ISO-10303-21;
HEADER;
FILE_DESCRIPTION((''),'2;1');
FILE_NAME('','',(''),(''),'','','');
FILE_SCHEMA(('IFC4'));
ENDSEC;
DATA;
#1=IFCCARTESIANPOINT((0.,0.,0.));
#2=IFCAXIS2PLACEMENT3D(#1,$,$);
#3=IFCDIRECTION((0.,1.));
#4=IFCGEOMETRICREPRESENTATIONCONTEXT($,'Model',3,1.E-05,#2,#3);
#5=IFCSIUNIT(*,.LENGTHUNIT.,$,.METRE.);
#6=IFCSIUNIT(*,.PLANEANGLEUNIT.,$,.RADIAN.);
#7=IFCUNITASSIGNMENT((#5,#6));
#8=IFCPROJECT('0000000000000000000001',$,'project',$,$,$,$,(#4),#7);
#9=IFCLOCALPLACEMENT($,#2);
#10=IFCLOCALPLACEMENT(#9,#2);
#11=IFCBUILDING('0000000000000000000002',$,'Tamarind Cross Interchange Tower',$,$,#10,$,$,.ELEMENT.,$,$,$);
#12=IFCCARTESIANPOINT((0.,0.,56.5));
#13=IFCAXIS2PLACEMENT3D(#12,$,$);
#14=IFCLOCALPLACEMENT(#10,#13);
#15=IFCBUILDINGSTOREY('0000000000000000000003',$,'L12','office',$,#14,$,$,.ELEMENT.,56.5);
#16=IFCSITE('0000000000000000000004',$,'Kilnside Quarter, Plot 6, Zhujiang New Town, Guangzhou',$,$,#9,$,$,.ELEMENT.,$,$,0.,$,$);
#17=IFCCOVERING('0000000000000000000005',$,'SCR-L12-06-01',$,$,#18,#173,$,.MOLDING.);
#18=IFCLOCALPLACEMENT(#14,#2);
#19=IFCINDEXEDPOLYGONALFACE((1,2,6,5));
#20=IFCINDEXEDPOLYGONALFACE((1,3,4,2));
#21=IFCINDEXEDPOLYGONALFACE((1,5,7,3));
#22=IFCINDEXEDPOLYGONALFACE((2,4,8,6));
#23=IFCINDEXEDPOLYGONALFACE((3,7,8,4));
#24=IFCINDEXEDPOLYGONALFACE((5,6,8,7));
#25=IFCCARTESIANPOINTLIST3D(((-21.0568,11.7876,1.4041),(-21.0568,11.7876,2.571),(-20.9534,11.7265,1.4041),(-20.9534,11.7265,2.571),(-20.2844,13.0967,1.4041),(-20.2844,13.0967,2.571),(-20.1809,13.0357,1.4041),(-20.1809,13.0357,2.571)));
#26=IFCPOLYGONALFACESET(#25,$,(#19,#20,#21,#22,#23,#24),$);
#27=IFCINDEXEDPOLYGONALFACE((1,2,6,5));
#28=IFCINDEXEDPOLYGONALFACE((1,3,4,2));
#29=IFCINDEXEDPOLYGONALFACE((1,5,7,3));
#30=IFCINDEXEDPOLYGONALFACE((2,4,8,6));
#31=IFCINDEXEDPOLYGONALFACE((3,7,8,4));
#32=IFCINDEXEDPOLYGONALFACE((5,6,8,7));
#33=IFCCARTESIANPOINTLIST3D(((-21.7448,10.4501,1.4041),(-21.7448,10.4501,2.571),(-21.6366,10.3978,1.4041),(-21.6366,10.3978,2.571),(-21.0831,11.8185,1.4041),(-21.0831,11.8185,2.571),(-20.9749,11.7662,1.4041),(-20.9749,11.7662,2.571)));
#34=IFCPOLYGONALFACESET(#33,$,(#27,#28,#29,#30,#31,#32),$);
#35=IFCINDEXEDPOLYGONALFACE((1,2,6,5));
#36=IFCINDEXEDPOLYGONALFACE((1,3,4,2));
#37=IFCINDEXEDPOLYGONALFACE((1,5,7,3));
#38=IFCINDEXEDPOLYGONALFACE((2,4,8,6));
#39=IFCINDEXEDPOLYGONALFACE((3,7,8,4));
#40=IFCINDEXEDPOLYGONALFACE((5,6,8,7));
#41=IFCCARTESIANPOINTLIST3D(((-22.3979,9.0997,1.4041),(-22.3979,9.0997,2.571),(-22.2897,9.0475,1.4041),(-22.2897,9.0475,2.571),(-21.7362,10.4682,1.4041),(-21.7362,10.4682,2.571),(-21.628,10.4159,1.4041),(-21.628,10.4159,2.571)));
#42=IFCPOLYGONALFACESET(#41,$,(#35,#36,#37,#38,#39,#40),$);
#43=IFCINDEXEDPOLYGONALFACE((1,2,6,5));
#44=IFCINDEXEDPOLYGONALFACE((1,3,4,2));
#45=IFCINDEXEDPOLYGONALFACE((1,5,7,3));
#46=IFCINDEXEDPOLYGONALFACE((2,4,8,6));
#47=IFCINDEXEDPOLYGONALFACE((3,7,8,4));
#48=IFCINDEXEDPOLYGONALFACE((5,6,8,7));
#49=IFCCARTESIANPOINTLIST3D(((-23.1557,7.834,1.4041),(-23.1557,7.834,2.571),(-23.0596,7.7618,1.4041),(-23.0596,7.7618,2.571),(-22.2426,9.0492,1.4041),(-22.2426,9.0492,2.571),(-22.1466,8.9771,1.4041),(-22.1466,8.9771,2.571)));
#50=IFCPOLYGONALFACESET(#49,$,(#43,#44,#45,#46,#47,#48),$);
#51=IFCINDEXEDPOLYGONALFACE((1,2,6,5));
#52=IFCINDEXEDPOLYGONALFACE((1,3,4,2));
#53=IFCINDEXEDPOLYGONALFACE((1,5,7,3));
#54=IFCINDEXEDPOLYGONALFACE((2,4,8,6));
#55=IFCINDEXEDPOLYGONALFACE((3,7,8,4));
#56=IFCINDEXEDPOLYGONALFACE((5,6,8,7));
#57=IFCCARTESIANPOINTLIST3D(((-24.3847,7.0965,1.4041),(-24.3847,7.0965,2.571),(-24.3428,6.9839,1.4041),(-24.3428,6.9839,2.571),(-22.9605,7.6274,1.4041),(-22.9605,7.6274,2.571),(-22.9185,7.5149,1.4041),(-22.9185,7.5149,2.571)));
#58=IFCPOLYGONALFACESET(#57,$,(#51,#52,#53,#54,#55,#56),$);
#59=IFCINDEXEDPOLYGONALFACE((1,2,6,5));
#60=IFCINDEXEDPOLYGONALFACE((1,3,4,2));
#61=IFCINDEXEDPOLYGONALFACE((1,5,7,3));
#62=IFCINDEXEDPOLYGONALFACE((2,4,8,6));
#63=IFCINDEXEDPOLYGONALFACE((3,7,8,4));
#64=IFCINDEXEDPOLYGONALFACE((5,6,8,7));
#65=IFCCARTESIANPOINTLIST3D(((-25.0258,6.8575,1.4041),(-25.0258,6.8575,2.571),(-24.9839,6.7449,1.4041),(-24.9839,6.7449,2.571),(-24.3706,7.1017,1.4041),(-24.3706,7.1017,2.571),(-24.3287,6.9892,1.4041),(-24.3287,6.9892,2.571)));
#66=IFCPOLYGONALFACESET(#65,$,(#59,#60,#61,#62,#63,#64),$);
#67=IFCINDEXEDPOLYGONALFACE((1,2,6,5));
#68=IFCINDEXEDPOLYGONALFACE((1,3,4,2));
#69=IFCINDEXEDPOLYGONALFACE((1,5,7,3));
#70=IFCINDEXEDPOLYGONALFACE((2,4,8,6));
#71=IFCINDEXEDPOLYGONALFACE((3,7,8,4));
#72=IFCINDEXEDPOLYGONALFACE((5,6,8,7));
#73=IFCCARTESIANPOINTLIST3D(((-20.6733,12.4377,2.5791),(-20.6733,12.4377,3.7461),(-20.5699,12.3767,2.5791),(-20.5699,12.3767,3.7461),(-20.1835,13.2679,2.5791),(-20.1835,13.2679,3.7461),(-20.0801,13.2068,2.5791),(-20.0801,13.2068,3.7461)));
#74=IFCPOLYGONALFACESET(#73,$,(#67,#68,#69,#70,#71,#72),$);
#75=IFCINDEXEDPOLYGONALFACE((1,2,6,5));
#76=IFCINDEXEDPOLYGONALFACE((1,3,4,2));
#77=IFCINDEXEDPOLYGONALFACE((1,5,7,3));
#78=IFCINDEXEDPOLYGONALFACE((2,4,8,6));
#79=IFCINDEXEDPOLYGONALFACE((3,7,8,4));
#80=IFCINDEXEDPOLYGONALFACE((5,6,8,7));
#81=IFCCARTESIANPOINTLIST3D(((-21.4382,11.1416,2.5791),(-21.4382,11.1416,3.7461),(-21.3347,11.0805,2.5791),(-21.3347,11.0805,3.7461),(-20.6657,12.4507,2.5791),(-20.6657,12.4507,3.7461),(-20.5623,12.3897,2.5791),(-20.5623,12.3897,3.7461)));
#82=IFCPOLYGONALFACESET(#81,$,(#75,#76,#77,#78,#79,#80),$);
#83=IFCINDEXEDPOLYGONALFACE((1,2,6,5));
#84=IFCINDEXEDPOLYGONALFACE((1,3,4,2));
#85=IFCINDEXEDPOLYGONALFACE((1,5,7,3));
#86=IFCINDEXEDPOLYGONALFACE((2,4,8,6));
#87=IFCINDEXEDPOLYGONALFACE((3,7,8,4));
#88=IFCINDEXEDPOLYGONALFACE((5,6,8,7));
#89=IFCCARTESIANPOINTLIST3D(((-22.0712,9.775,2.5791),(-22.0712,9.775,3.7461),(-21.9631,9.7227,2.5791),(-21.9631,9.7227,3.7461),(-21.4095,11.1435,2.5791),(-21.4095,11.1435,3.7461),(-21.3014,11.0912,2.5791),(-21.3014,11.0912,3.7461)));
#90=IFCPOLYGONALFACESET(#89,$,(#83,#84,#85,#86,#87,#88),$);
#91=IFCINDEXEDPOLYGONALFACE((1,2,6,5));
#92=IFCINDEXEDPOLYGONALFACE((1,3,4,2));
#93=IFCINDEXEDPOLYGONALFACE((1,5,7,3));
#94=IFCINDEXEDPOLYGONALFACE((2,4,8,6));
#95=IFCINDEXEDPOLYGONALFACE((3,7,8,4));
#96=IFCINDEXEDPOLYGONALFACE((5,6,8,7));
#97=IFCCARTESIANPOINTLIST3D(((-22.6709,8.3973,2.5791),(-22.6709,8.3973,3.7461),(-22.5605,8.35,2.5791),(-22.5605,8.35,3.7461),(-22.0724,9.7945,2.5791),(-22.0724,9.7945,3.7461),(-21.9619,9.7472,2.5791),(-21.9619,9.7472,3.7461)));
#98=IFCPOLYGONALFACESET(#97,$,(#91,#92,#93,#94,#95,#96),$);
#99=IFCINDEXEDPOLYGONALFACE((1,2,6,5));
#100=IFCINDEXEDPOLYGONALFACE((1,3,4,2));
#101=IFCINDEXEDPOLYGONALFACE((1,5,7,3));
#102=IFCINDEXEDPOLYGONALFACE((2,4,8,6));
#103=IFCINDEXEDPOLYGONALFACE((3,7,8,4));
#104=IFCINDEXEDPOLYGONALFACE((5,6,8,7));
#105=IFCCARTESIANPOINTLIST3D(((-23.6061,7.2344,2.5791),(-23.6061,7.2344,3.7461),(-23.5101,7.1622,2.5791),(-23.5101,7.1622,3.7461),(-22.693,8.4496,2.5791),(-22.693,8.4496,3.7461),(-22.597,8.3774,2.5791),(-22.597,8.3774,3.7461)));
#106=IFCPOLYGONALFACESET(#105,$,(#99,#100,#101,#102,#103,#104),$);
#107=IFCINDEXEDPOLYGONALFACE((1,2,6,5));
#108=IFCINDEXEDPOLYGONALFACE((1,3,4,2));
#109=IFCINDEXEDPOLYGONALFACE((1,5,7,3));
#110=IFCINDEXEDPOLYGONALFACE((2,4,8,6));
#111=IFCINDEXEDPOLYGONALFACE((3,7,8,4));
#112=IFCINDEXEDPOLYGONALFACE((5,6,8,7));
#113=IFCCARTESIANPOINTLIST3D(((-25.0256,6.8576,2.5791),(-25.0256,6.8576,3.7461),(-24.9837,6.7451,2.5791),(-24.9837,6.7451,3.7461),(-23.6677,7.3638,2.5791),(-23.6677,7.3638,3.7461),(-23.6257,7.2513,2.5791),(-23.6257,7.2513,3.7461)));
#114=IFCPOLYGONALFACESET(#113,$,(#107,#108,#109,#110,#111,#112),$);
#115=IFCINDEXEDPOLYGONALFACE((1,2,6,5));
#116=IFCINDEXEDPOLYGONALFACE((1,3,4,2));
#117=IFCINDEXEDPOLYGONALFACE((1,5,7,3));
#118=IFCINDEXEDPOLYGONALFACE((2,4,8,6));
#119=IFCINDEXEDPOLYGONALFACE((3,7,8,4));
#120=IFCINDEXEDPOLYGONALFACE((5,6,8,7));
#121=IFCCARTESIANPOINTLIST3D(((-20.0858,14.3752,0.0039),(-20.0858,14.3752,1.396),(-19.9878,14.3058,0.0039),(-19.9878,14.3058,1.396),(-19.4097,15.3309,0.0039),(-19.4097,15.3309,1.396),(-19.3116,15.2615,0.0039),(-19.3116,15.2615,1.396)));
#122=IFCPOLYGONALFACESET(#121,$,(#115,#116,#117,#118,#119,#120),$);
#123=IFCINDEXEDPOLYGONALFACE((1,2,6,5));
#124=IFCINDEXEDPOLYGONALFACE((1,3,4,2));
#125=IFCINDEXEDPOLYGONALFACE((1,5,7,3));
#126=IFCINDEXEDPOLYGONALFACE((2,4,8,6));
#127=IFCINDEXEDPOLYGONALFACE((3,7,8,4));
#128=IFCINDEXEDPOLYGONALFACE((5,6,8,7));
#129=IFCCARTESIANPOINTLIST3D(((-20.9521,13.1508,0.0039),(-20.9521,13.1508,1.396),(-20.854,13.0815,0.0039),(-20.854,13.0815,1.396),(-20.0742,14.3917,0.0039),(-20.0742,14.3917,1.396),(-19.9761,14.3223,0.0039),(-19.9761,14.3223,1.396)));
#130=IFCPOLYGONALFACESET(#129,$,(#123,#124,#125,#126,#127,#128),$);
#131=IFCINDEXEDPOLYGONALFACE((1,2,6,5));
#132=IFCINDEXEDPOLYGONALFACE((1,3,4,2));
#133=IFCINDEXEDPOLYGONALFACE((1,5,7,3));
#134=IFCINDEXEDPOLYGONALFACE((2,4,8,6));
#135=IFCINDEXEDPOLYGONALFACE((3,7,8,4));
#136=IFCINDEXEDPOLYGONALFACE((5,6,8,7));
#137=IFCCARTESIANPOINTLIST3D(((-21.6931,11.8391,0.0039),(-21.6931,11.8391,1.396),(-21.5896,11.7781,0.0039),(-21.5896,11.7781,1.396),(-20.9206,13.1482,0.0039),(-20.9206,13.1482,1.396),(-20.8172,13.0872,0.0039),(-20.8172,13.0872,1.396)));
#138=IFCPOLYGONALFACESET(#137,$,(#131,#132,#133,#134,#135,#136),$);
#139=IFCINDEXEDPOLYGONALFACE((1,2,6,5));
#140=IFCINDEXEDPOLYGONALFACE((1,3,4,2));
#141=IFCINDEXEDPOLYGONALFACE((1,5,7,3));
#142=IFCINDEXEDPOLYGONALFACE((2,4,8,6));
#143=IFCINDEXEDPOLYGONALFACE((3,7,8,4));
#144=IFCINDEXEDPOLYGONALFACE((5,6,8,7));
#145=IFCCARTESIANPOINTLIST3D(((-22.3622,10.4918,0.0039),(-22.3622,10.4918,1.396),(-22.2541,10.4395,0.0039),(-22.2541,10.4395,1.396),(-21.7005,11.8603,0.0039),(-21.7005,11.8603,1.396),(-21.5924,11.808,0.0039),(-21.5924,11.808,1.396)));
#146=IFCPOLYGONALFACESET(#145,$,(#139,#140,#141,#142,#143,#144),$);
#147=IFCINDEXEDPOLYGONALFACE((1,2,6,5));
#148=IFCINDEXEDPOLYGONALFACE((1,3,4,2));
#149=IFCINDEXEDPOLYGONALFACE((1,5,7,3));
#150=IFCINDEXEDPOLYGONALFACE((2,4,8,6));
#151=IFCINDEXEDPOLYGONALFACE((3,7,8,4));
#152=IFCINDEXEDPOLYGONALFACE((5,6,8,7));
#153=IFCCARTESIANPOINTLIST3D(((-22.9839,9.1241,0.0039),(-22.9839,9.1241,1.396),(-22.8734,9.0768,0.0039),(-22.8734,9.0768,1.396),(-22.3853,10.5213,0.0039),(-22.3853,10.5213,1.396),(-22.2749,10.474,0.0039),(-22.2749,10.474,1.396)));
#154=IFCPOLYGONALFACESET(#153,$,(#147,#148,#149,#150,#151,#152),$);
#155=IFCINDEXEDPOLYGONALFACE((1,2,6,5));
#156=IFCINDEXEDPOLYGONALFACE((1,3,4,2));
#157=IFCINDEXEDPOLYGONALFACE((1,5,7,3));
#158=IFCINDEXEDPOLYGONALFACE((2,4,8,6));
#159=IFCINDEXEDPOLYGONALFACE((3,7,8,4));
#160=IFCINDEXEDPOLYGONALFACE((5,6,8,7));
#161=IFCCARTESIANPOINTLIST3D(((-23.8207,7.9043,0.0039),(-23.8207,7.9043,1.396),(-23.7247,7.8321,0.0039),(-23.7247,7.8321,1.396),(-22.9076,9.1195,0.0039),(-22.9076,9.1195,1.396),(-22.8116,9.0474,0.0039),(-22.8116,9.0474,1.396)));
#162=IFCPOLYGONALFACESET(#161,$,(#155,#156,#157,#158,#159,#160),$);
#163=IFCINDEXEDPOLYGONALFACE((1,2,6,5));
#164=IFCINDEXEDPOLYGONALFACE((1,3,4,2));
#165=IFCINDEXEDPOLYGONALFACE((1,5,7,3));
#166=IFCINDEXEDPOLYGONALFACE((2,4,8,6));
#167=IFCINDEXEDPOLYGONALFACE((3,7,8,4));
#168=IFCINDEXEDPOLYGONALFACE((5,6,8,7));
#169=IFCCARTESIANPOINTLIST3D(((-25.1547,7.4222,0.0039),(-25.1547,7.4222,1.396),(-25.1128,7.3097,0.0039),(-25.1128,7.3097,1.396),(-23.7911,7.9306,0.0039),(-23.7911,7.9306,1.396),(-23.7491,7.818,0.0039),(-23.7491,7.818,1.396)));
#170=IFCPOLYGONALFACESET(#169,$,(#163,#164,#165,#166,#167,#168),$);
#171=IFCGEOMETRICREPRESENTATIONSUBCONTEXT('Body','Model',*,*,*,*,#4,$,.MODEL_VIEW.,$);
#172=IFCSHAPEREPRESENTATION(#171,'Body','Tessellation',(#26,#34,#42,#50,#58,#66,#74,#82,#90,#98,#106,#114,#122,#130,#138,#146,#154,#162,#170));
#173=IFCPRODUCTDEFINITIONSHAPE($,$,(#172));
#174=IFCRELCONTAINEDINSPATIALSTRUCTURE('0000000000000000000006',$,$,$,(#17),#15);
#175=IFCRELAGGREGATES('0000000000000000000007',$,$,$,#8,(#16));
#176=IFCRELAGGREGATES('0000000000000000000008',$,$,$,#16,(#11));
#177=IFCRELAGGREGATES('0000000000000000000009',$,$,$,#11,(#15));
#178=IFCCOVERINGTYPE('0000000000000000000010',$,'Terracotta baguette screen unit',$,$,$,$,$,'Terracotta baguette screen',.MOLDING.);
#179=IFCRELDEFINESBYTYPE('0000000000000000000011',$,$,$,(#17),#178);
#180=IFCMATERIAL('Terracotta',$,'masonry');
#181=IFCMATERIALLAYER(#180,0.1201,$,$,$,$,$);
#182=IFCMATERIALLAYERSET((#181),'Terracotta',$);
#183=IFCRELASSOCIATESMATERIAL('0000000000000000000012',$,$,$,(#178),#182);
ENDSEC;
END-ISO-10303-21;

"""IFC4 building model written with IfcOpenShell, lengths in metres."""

from ifc_helpers import new_model, si_unit, direction, frame, origin, origin_2d, place, context, subcontext, project, spatial, rectangle, extrude, material, layer, layer_set, type_object, element, save


model = new_model("IFC4")

# Units and contexts
model_context = context("Model", 3, precision=1e-05, world=origin(), true_north=direction((0.0, 1.0)))
body_context = subcontext(model_context, "Body", "Model", "MODEL_VIEW")
ifc_project = project(units=[si_unit("LENGTHUNIT", "METRE"), si_unit("PLANEANGLEUNIT", "RADIAN")], contexts=[model_context])

# Site, building, storey
site_placement = place(None, origin())
site = spatial("IfcSite", under=ifc_project, at=site_placement, Name="Kilnside Quarter, Plot 6, Zhujiang New Town, Guangzhou", CompositionType="ELEMENT", RefElevation=0.0)
building_placement = place(site_placement, origin())
building = spatial("IfcBuilding", under=site, at=building_placement, Name="Tamarind Cross Interchange Tower", CompositionType="ELEMENT")
storey_placement = place(building_placement, frame((0.0, 0.0, 56.5)))
storey = spatial("IfcBuildingStorey", under=building, at=storey_placement, Name="L12", Description="office", CompositionType="ELEMENT", Elevation=56.5)

# Covering
ifc_material_1 = material(Name="Terracotta", Category="masonry")
ifc_layer_1 = layer(ifc_material_1, 0.1201)
ifc_layer_set_1 = layer_set([ifc_layer_1], Name="Terracotta")
covering_type = type_object("IfcCoveringType", Name="Terracotta baguette screen unit", ElementType="Terracotta baguette screen", PredefinedType="MOLDING", material=ifc_layer_set_1)
covering_1_placement = place(storey_placement, origin())
element("IfcCovering", 1, at=covering_1_placement, inside=storey, type_object=covering_type, Name="SCR-L12-06-01", PredefinedType="MOLDING", context=body_context, shape_type="SweptSolid", body=[
    extrude(rectangle(XDim=1.52, YDim=0.1201, at=origin_2d()), frame((-20.6189, 12.4116, 1.4041), z_axis=(0.0, 0.0, 1.0), x_axis=(-0.508183, -0.861249, 0.0)), (0.0, 0.0, 1.0), 1.167),
    extrude(rectangle(XDim=1.52, YDim=0.1201, at=origin_2d()), frame((-21.3599, 11.1082, 1.4041), z_axis=(0.0, 0.0, 1.0), x_axis=(-0.435326, -0.900273, 0.0)), (0.0, 0.0, 1.0), 1.167),
    extrude(rectangle(XDim=1.52, YDim=0.1201, at=origin_2d()), frame((-22.0129, 9.7578, 1.4041), z_axis=(0.0, 0.0, 1.0), x_axis=(-0.435326, -0.900273, 0.0)), (0.0, 0.0, 1.0), 1.167),
    extrude(rectangle(XDim=1.52, YDim=0.1201, at=origin_2d()), frame((-22.6511, 8.4055, 1.4041), z_axis=(0.0, 0.0, 1.0), x_axis=(-0.600694, -0.799479, 0.0)), (0.0, 0.0, 1.0), 1.167),
    extrude(rectangle(XDim=1.52, YDim=0.1201, at=origin_2d()), frame((-23.6516, 7.3057, 1.4041), z_axis=(0.0, 0.0, 1.0), x_axis=(-0.937012, -0.349297, 0.0)), (0.0, 0.0, 1.0), 1.167),
    extrude(rectangle(XDim=0.6992, YDim=0.1201, at=origin_2d()), frame((-24.6772, 6.9233, 1.4041), z_axis=(0.0, 0.0, 1.0), x_axis=(-0.937012, -0.349297, 0.0)), (0.0, 0.0, 1.0), 1.167),
    extrude(rectangle(XDim=0.9639, YDim=0.1201, at=origin_2d()), frame((-20.3767, 12.8223, 2.5791), z_axis=(0.0, 0.0, 1.0), x_axis=(-0.508183, -0.861249, 0.0)), (0.0, 0.0, 1.0), 1.167),
    extrude(rectangle(XDim=1.52, YDim=0.1201, at=origin_2d()), frame((-21.0002, 11.7656, 2.5791), z_axis=(0.0, 0.0, 1.0), x_axis=(-0.508183, -0.861249, 0.0)), (0.0, 0.0, 1.0), 1.167),
    extrude(rectangle(XDim=1.52, YDim=0.1201, at=origin_2d()), frame((-21.6863, 10.4331, 2.5791), z_axis=(0.0, 0.0, 1.0), x_axis=(-0.435326, -0.900273, 0.0)), (0.0, 0.0, 1.0), 1.167),
    extrude(rectangle(XDim=1.52, YDim=0.1201, at=origin_2d()), frame((-22.3164, 9.0723, 2.5791), z_axis=(0.0, 0.0, 1.0), x_axis=(-0.393749, -0.919218, 0.0)), (0.0, 0.0, 1.0), 1.167),
    extrude(rectangle(XDim=1.52, YDim=0.1201, at=origin_2d()), frame((-23.1016, 7.8059, 2.5791), z_axis=(0.0, 0.0, 1.0), x_axis=(-0.600694, -0.799479, 0.0)), (0.0, 0.0, 1.0), 1.167),
    extrude(rectangle(XDim=1.4492, YDim=0.1201, at=origin_2d()), frame((-24.3257, 7.0544, 2.5791), z_axis=(0.0, 0.0, 1.0), x_axis=(-0.937012, -0.349297, 0.0)), (0.0, 0.0, 1.0), 1.167),
    extrude(rectangle(XDim=1.1707, YDim=0.1201, at=origin_2d()), frame((-19.6987, 14.8184, 0.0039), z_axis=(0.0, 0.0, 1.0), x_axis=(-0.577569, -0.816342, 0.0)), (0.0, 0.0, 1.0), 1.3921),
    extrude(rectangle(XDim=1.52, YDim=0.1201, at=origin_2d()), frame((-20.4641, 13.7366, 0.0039), z_axis=(0.0, 0.0, 1.0), x_axis=(-0.577569, -0.816342, 0.0)), (0.0, 0.0, 1.0), 1.3921),
    extrude(rectangle(XDim=1.52, YDim=0.1201, at=origin_2d()), frame((-21.2551, 12.4631, 0.0039), z_axis=(0.0, 0.0, 1.0), x_axis=(-0.508183, -0.861249, 0.0)), (0.0, 0.0, 1.0), 1.3921),
    extrude(rectangle(XDim=1.52, YDim=0.1201, at=origin_2d()), frame((-21.9773, 11.1499, 0.0039), z_axis=(0.0, 0.0, 1.0), x_axis=(-0.435326, -0.900273, 0.0)), (0.0, 0.0, 1.0), 1.3921),
    extrude(rectangle(XDim=1.52, YDim=0.1201, at=origin_2d()), frame((-22.6294, 9.7991, 0.0039), z_axis=(0.0, 0.0, 1.0), x_axis=(-0.393749, -0.919218, 0.0)), (0.0, 0.0, 1.0), 1.3921),
    extrude(rectangle(XDim=1.52, YDim=0.1201, at=origin_2d()), frame((-23.3162, 8.4758, 0.0039), z_axis=(0.0, 0.0, 1.0), x_axis=(-0.600694, -0.799479, 0.0)), (0.0, 0.0, 1.0), 1.3921),
    extrude(rectangle(XDim=1.4553, YDim=0.1201, at=origin_2d()), frame((-24.4519, 7.6201, 0.0039), z_axis=(0.0, 0.0, 1.0), x_axis=(-0.937012, -0.349297, 0.0)), (0.0, 0.0, 1.0), 1.3921),
])

save(model, "model.ifc")
